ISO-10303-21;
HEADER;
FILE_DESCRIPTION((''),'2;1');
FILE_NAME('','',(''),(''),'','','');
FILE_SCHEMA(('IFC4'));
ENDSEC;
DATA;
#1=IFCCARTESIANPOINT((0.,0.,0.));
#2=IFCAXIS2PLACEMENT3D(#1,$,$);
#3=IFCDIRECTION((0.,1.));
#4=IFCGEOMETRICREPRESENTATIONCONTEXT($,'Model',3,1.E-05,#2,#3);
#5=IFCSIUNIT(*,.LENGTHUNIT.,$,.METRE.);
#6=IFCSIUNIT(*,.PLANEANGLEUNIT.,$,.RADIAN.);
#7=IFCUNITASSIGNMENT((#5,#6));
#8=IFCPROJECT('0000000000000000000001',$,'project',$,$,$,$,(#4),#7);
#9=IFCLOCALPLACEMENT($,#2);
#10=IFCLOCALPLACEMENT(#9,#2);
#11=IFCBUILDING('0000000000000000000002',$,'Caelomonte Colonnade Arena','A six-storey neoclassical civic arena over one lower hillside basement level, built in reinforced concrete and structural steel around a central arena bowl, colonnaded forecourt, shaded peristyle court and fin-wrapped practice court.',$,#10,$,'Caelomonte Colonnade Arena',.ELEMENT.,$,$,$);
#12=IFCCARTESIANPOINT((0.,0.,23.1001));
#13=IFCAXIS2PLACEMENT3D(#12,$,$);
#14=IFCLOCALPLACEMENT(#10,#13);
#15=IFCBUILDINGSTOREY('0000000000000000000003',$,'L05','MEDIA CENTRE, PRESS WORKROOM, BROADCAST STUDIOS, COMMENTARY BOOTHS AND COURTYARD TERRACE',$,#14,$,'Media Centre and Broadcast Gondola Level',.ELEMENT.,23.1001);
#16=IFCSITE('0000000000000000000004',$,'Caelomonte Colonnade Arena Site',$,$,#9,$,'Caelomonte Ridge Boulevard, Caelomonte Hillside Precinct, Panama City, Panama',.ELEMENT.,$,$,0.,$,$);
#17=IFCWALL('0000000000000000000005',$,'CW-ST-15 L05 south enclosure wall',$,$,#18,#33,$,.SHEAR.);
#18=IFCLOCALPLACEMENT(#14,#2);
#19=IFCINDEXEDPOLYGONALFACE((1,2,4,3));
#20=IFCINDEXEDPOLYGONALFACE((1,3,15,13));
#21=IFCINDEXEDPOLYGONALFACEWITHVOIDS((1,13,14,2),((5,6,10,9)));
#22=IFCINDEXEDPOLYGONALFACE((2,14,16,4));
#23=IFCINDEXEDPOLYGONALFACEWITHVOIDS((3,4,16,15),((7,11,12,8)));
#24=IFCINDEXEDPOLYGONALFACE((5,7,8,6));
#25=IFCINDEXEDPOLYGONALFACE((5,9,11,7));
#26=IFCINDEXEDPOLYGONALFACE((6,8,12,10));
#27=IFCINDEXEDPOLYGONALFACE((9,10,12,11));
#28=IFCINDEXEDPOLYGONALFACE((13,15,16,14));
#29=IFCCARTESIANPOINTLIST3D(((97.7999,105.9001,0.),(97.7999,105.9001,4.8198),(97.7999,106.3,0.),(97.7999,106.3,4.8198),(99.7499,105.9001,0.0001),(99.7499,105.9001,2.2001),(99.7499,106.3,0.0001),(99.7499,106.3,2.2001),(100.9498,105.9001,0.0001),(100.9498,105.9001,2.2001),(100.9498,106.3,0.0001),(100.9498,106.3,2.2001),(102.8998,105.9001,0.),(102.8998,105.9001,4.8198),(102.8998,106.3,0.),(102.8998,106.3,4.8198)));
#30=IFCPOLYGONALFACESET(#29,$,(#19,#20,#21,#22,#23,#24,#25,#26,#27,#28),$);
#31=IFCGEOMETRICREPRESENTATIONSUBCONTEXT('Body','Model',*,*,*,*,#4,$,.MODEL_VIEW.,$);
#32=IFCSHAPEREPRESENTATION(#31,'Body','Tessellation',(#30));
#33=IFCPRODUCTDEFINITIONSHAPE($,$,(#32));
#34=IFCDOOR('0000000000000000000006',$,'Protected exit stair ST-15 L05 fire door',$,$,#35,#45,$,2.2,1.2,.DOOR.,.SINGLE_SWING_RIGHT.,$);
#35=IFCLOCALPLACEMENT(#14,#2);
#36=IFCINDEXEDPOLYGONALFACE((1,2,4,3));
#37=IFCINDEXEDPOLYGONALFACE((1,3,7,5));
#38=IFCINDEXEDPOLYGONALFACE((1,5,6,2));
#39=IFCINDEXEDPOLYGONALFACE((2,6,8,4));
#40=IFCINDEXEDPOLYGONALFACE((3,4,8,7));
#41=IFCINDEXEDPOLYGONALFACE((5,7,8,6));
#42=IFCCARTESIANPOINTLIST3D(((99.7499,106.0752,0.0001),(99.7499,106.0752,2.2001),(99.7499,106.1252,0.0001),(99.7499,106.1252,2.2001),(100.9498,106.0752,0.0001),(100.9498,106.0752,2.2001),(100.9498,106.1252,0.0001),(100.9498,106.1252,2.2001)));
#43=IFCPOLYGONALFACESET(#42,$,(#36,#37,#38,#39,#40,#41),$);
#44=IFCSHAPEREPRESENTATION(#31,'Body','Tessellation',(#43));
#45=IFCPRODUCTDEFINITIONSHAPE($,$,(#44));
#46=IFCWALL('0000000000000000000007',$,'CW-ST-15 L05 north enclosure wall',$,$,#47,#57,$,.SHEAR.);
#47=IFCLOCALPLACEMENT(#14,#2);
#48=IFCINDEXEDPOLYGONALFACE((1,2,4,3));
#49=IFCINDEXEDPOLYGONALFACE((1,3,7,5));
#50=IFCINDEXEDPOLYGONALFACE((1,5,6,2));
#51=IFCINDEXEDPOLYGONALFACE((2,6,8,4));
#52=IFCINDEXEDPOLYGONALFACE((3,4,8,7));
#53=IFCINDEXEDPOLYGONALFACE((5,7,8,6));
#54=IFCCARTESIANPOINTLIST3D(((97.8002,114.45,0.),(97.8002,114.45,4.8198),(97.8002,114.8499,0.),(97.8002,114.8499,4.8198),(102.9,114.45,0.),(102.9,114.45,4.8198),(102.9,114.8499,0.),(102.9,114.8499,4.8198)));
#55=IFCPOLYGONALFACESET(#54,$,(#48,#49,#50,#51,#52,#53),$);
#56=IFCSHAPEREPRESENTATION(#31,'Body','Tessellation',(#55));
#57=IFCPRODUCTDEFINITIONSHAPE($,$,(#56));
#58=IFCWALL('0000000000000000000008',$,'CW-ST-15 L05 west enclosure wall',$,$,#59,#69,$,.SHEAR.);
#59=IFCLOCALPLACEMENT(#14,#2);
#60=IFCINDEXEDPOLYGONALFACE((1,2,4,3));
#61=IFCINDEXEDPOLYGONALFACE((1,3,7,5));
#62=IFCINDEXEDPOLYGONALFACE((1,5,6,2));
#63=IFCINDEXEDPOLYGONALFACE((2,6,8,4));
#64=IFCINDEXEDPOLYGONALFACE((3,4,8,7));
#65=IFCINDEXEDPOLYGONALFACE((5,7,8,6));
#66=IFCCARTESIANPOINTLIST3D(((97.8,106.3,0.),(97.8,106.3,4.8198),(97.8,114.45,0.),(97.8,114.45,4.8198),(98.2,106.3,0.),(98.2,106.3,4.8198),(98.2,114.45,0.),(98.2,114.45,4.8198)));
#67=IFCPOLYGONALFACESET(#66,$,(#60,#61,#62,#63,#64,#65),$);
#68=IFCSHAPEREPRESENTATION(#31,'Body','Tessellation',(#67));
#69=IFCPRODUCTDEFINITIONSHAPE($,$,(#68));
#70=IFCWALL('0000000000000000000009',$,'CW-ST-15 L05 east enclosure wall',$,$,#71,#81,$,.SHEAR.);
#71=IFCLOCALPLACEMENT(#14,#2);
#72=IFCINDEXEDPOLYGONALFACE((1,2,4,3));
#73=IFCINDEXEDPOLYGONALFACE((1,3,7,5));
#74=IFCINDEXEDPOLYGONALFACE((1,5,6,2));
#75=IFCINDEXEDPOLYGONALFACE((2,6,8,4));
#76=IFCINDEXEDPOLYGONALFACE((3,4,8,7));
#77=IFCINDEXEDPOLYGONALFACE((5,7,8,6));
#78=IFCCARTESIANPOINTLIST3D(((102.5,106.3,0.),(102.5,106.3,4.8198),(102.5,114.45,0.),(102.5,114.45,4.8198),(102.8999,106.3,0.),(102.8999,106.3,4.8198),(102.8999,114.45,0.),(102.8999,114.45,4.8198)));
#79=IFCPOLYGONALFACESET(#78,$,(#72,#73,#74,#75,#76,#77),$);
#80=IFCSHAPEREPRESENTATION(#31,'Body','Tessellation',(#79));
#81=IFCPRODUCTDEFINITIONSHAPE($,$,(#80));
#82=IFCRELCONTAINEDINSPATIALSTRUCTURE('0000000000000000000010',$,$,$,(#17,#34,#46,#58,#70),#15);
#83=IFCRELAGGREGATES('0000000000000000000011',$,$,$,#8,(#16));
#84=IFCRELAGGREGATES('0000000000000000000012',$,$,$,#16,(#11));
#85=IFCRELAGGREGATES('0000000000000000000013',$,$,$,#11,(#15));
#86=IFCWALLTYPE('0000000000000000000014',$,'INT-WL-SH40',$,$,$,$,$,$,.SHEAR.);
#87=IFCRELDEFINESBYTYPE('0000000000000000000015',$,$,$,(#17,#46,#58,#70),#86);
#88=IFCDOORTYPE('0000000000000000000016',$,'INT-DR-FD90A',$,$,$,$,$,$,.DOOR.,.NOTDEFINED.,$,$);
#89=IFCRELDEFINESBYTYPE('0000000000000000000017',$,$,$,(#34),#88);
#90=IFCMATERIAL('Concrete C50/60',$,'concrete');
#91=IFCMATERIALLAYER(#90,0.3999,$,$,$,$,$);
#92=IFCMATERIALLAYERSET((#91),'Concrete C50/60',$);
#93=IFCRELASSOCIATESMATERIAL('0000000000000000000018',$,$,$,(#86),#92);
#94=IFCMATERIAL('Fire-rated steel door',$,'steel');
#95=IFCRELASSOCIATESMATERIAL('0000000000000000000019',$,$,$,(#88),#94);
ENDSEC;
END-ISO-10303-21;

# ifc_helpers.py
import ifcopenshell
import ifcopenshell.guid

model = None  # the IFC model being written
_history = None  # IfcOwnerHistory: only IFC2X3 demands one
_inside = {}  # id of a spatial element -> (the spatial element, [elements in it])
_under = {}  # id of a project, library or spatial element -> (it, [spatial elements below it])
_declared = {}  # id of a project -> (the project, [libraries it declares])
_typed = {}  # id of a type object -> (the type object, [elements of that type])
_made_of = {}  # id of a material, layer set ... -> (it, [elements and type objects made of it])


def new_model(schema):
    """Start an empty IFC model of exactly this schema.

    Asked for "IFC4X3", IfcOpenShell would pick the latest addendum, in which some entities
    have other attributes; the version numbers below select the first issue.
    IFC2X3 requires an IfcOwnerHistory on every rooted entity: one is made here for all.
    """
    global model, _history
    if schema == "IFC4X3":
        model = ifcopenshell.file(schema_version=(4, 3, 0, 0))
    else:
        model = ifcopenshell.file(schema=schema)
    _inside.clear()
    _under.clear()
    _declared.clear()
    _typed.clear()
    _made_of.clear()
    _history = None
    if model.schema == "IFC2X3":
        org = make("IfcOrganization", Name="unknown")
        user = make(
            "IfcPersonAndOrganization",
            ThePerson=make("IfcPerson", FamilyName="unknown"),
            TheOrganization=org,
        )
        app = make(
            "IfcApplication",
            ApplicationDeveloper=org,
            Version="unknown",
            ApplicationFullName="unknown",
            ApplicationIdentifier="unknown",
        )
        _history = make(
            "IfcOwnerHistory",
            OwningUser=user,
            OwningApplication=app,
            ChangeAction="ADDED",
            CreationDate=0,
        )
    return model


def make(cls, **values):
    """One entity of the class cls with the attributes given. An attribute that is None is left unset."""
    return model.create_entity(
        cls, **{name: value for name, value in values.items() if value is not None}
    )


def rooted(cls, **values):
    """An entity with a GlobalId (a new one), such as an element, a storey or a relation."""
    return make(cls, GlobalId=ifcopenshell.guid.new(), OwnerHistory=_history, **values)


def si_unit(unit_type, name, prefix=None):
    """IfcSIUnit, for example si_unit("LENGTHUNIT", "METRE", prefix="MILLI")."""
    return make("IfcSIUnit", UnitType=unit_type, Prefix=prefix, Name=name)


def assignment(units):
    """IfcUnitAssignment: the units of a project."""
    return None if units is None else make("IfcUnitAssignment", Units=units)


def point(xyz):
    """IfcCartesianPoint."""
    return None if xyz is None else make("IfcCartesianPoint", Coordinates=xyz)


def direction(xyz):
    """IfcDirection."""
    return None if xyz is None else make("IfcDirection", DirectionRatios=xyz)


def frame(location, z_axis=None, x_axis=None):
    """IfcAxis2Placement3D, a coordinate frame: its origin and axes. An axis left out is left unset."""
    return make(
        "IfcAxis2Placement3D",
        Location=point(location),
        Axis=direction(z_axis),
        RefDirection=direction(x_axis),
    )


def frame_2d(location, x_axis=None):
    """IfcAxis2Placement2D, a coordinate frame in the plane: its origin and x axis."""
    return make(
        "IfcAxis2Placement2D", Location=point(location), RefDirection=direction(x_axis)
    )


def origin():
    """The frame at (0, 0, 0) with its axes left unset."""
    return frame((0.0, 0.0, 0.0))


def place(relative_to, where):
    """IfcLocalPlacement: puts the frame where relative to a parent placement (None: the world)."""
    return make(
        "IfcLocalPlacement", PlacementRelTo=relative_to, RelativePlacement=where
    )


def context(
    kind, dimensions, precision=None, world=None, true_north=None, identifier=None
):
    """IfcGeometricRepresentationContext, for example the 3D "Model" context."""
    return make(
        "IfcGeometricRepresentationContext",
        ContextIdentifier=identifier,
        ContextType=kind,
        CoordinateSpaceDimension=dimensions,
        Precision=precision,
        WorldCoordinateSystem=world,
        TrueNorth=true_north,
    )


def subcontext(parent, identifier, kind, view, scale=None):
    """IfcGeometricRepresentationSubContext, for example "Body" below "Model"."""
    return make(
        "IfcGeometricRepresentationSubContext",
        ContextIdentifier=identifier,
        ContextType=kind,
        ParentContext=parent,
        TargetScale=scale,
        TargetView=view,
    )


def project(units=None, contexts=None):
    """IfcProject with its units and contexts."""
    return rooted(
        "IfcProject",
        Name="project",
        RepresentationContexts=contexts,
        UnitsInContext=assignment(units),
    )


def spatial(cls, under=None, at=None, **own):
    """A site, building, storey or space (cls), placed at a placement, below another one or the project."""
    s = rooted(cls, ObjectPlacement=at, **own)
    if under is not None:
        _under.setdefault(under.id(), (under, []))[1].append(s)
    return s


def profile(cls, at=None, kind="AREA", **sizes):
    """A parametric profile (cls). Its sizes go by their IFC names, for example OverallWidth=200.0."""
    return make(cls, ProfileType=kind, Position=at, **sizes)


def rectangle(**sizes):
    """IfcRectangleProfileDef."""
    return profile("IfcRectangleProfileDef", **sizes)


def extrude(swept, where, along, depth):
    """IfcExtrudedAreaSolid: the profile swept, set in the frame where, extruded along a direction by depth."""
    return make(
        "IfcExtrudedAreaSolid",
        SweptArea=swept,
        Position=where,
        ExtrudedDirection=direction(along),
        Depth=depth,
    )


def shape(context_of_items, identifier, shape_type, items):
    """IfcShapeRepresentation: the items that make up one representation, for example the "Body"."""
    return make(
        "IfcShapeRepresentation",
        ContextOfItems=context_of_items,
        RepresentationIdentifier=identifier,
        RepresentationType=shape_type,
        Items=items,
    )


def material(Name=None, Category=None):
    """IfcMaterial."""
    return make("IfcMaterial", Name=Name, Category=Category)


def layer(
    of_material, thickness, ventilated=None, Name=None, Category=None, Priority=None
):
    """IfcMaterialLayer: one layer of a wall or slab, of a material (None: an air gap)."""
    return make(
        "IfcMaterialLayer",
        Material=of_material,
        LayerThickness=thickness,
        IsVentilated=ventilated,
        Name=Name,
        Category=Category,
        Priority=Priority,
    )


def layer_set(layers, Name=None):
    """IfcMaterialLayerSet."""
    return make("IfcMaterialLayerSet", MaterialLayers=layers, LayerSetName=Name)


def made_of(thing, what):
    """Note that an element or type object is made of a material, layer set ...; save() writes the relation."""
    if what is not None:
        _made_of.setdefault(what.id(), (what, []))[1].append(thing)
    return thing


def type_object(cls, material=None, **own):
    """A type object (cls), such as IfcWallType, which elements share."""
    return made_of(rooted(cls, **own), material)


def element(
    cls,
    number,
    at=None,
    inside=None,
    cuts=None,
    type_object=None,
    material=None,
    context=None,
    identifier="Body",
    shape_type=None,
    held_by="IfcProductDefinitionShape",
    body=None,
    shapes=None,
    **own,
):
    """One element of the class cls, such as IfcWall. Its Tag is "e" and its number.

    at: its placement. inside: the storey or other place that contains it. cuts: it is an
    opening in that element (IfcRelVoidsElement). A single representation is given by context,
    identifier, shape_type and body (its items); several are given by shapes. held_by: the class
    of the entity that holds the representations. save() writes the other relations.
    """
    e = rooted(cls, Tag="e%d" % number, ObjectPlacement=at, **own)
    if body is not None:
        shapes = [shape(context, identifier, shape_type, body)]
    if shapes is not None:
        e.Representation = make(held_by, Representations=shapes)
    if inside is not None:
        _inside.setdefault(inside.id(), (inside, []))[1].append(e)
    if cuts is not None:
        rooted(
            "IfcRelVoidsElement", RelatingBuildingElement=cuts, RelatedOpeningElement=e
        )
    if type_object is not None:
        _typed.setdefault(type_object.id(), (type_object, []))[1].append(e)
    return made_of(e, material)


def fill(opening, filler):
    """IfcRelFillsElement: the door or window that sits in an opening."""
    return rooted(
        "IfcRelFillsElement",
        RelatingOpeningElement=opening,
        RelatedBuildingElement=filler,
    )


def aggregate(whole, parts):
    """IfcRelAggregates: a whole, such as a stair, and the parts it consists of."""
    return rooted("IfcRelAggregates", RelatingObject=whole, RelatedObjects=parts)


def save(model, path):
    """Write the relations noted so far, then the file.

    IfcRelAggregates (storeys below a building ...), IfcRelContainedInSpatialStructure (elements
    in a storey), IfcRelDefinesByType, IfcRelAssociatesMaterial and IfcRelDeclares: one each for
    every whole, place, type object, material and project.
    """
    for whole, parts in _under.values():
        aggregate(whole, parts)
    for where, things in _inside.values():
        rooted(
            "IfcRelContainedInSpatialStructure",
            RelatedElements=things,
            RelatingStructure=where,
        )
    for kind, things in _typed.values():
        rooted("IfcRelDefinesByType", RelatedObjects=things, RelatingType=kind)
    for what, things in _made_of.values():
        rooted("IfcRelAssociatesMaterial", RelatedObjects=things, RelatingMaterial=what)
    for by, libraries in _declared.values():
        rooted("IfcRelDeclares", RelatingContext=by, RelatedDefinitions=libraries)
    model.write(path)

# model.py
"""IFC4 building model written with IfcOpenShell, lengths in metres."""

from ifc_helpers import new_model, si_unit, direction, frame, frame_2d, origin, place, context, subcontext, project, spatial, rectangle, extrude, material, layer, layer_set, type_object, element, fill, save


model = new_model("IFC4")

# Units and contexts
model_context = context("Model", 3, precision=1e-05, world=origin(), true_north=direction((0.0, 1.0)))
body_context = subcontext(model_context, "Body", "Model", "MODEL_VIEW")
ifc_project = project(units=[si_unit("LENGTHUNIT", "METRE"), si_unit("PLANEANGLEUNIT", "RADIAN")], contexts=[model_context])

# Site, building, storey
site_placement = place(None, origin())
site = spatial("IfcSite", under=ifc_project, at=site_placement, Name="Caelomonte Colonnade Arena Site", LongName="Caelomonte Ridge Boulevard, Caelomonte Hillside Precinct, Panama City, Panama", CompositionType="ELEMENT", RefElevation=0.0)
building_placement = place(site_placement, origin())
building = spatial("IfcBuilding", under=site, at=building_placement, Name="Caelomonte Colonnade Arena", Description="A six-storey neoclassical civic arena over one lower hillside basement level, built in reinforced concrete and structural steel around a central arena bowl, colonnaded forecourt, shaded peristyle court and fin-wrapped practice court.", LongName="Caelomonte Colonnade Arena", CompositionType="ELEMENT")
storey_placement = place(building_placement, frame((0.0, 0.0, 23.1001)))
storey = spatial("IfcBuildingStorey", under=building, at=storey_placement, Name="L05", Description="MEDIA CENTRE, PRESS WORKROOM, BROADCAST STUDIOS, COMMENTARY BOOTHS AND COURTYARD TERRACE", LongName="Media Centre and Broadcast Gondola Level", CompositionType="ELEMENT", Elevation=23.1001)

# Shared definitions
ifc_material_1 = material(Name="Concrete C50/60", Category="concrete")
ifc_layer_1 = layer(ifc_material_1, 0.3999)
ifc_layer_set_1 = layer_set([ifc_layer_1], Name="Concrete C50/60")
wall_type_1 = type_object("IfcWallType", Name="INT-WL-SH40", PredefinedType="SHEAR", material=ifc_layer_set_1)
ifc_material_2 = material(Name="Fire-rated steel door", Category="steel")
door_type = type_object("IfcDoorType", Name="INT-DR-FD90A", OperationType="NOTDEFINED", PredefinedType="DOOR", material=ifc_material_2)

# Wall, opening, door
wall_1_placement = place(storey_placement, frame((97.8, 106.1001, 0.0), z_axis=(0.0, 0.0, 1.0), x_axis=(1.0, 0.0, 0.0)))
wall_1 = element("IfcWall", 1, at=wall_1_placement, inside=storey, type_object=wall_type_1, Name="CW-ST-15 L05 south enclosure wall", PredefinedType="SHEAR", context=body_context, shape_type="SweptSolid", body=[
    extrude(rectangle(XDim=5.0999, YDim=0.3999, at=frame_2d((2.5498, 0.0))), origin(), (0.0, 0.0, 1.0), 4.8198),
])
opening_1_placement = place(wall_1_placement, frame((3.1499, 0.0, 0.0), z_axis=(0.0, 0.0, 1.0), x_axis=(-1.0, 0.0, 0.0)))
opening_1 = element("IfcOpeningElement", 2, at=opening_1_placement, cuts=wall_1, PredefinedType="OPENING", context=body_context, shape_type="SweptSolid", body=[
    extrude(rectangle(XDim=1.2, YDim=2.2, at=frame_2d((0.6001, 1.1001))), frame((0.0, 0.21, 0.0), z_axis=(0.0, -1.0, 0.0), x_axis=(1.0, 0.0, 0.0)), (0.0, 0.0, 1.0), 0.4199),
])
door_1_placement = place(opening_1_placement, origin())
door_1 = element("IfcDoor", 3, at=door_1_placement, inside=storey, type_object=door_type, Name="Protected exit stair ST-15 L05 fire door", OperationType="SINGLE_SWING_RIGHT", OverallHeight=2.2, OverallWidth=1.2, PredefinedType="DOOR", context=body_context, shape_type="SweptSolid", body=[
    extrude(rectangle(XDim=1.2, YDim=2.2, at=frame_2d((0.6001, 1.1001))), frame((0.0, 0.0249, 0.0), z_axis=(0.0, -1.0, 0.0), x_axis=(1.0, 0.0, 0.0)), (0.0, 0.0, 1.0), 0.05),
])
fill(opening_1, door_1)

# Walls
wall_2_placement = place(storey_placement, frame((102.8999, 114.6499, 0.0), z_axis=(0.0, 0.0, 1.0), x_axis=(-1.0, 0.0, 0.0)))
element("IfcWall", 4, at=wall_2_placement, inside=storey, type_object=wall_type_1, Name="CW-ST-15 L05 north enclosure wall", PredefinedType="SHEAR", context=body_context, shape_type="SweptSolid", body=[
    extrude(rectangle(XDim=5.0999, YDim=0.3999, at=frame_2d((2.5498, 0.0))), origin(), (0.0, 0.0, 1.0), 4.8198),
])
for number, where, z_axis, x_axis, name in (
    (5, (98.0, 114.45, 0.0), (0.0, 0.0, 1.0), (0.0, -1.0, 0.0), "CW-ST-15 L05 west enclosure wall"),
    (6, (102.7, 106.3, 0.0), (0.0, 0.0, 1.0), (0.0, 1.0, 0.0), "CW-ST-15 L05 east enclosure wall"),
):
    element("IfcWall", number, at=place(storey_placement, frame(where, z_axis=z_axis, x_axis=x_axis)), inside=storey, type_object=wall_type_1, Name=name, PredefinedType="SHEAR", context=body_context, shape_type="SweptSolid", body=[
        extrude(rectangle(XDim=8.1499, YDim=0.3999, at=frame_2d((4.075, 0.0))), origin(), (0.0, 0.0, 1.0), 4.8198),
    ])

save(model, "model.ifc")
